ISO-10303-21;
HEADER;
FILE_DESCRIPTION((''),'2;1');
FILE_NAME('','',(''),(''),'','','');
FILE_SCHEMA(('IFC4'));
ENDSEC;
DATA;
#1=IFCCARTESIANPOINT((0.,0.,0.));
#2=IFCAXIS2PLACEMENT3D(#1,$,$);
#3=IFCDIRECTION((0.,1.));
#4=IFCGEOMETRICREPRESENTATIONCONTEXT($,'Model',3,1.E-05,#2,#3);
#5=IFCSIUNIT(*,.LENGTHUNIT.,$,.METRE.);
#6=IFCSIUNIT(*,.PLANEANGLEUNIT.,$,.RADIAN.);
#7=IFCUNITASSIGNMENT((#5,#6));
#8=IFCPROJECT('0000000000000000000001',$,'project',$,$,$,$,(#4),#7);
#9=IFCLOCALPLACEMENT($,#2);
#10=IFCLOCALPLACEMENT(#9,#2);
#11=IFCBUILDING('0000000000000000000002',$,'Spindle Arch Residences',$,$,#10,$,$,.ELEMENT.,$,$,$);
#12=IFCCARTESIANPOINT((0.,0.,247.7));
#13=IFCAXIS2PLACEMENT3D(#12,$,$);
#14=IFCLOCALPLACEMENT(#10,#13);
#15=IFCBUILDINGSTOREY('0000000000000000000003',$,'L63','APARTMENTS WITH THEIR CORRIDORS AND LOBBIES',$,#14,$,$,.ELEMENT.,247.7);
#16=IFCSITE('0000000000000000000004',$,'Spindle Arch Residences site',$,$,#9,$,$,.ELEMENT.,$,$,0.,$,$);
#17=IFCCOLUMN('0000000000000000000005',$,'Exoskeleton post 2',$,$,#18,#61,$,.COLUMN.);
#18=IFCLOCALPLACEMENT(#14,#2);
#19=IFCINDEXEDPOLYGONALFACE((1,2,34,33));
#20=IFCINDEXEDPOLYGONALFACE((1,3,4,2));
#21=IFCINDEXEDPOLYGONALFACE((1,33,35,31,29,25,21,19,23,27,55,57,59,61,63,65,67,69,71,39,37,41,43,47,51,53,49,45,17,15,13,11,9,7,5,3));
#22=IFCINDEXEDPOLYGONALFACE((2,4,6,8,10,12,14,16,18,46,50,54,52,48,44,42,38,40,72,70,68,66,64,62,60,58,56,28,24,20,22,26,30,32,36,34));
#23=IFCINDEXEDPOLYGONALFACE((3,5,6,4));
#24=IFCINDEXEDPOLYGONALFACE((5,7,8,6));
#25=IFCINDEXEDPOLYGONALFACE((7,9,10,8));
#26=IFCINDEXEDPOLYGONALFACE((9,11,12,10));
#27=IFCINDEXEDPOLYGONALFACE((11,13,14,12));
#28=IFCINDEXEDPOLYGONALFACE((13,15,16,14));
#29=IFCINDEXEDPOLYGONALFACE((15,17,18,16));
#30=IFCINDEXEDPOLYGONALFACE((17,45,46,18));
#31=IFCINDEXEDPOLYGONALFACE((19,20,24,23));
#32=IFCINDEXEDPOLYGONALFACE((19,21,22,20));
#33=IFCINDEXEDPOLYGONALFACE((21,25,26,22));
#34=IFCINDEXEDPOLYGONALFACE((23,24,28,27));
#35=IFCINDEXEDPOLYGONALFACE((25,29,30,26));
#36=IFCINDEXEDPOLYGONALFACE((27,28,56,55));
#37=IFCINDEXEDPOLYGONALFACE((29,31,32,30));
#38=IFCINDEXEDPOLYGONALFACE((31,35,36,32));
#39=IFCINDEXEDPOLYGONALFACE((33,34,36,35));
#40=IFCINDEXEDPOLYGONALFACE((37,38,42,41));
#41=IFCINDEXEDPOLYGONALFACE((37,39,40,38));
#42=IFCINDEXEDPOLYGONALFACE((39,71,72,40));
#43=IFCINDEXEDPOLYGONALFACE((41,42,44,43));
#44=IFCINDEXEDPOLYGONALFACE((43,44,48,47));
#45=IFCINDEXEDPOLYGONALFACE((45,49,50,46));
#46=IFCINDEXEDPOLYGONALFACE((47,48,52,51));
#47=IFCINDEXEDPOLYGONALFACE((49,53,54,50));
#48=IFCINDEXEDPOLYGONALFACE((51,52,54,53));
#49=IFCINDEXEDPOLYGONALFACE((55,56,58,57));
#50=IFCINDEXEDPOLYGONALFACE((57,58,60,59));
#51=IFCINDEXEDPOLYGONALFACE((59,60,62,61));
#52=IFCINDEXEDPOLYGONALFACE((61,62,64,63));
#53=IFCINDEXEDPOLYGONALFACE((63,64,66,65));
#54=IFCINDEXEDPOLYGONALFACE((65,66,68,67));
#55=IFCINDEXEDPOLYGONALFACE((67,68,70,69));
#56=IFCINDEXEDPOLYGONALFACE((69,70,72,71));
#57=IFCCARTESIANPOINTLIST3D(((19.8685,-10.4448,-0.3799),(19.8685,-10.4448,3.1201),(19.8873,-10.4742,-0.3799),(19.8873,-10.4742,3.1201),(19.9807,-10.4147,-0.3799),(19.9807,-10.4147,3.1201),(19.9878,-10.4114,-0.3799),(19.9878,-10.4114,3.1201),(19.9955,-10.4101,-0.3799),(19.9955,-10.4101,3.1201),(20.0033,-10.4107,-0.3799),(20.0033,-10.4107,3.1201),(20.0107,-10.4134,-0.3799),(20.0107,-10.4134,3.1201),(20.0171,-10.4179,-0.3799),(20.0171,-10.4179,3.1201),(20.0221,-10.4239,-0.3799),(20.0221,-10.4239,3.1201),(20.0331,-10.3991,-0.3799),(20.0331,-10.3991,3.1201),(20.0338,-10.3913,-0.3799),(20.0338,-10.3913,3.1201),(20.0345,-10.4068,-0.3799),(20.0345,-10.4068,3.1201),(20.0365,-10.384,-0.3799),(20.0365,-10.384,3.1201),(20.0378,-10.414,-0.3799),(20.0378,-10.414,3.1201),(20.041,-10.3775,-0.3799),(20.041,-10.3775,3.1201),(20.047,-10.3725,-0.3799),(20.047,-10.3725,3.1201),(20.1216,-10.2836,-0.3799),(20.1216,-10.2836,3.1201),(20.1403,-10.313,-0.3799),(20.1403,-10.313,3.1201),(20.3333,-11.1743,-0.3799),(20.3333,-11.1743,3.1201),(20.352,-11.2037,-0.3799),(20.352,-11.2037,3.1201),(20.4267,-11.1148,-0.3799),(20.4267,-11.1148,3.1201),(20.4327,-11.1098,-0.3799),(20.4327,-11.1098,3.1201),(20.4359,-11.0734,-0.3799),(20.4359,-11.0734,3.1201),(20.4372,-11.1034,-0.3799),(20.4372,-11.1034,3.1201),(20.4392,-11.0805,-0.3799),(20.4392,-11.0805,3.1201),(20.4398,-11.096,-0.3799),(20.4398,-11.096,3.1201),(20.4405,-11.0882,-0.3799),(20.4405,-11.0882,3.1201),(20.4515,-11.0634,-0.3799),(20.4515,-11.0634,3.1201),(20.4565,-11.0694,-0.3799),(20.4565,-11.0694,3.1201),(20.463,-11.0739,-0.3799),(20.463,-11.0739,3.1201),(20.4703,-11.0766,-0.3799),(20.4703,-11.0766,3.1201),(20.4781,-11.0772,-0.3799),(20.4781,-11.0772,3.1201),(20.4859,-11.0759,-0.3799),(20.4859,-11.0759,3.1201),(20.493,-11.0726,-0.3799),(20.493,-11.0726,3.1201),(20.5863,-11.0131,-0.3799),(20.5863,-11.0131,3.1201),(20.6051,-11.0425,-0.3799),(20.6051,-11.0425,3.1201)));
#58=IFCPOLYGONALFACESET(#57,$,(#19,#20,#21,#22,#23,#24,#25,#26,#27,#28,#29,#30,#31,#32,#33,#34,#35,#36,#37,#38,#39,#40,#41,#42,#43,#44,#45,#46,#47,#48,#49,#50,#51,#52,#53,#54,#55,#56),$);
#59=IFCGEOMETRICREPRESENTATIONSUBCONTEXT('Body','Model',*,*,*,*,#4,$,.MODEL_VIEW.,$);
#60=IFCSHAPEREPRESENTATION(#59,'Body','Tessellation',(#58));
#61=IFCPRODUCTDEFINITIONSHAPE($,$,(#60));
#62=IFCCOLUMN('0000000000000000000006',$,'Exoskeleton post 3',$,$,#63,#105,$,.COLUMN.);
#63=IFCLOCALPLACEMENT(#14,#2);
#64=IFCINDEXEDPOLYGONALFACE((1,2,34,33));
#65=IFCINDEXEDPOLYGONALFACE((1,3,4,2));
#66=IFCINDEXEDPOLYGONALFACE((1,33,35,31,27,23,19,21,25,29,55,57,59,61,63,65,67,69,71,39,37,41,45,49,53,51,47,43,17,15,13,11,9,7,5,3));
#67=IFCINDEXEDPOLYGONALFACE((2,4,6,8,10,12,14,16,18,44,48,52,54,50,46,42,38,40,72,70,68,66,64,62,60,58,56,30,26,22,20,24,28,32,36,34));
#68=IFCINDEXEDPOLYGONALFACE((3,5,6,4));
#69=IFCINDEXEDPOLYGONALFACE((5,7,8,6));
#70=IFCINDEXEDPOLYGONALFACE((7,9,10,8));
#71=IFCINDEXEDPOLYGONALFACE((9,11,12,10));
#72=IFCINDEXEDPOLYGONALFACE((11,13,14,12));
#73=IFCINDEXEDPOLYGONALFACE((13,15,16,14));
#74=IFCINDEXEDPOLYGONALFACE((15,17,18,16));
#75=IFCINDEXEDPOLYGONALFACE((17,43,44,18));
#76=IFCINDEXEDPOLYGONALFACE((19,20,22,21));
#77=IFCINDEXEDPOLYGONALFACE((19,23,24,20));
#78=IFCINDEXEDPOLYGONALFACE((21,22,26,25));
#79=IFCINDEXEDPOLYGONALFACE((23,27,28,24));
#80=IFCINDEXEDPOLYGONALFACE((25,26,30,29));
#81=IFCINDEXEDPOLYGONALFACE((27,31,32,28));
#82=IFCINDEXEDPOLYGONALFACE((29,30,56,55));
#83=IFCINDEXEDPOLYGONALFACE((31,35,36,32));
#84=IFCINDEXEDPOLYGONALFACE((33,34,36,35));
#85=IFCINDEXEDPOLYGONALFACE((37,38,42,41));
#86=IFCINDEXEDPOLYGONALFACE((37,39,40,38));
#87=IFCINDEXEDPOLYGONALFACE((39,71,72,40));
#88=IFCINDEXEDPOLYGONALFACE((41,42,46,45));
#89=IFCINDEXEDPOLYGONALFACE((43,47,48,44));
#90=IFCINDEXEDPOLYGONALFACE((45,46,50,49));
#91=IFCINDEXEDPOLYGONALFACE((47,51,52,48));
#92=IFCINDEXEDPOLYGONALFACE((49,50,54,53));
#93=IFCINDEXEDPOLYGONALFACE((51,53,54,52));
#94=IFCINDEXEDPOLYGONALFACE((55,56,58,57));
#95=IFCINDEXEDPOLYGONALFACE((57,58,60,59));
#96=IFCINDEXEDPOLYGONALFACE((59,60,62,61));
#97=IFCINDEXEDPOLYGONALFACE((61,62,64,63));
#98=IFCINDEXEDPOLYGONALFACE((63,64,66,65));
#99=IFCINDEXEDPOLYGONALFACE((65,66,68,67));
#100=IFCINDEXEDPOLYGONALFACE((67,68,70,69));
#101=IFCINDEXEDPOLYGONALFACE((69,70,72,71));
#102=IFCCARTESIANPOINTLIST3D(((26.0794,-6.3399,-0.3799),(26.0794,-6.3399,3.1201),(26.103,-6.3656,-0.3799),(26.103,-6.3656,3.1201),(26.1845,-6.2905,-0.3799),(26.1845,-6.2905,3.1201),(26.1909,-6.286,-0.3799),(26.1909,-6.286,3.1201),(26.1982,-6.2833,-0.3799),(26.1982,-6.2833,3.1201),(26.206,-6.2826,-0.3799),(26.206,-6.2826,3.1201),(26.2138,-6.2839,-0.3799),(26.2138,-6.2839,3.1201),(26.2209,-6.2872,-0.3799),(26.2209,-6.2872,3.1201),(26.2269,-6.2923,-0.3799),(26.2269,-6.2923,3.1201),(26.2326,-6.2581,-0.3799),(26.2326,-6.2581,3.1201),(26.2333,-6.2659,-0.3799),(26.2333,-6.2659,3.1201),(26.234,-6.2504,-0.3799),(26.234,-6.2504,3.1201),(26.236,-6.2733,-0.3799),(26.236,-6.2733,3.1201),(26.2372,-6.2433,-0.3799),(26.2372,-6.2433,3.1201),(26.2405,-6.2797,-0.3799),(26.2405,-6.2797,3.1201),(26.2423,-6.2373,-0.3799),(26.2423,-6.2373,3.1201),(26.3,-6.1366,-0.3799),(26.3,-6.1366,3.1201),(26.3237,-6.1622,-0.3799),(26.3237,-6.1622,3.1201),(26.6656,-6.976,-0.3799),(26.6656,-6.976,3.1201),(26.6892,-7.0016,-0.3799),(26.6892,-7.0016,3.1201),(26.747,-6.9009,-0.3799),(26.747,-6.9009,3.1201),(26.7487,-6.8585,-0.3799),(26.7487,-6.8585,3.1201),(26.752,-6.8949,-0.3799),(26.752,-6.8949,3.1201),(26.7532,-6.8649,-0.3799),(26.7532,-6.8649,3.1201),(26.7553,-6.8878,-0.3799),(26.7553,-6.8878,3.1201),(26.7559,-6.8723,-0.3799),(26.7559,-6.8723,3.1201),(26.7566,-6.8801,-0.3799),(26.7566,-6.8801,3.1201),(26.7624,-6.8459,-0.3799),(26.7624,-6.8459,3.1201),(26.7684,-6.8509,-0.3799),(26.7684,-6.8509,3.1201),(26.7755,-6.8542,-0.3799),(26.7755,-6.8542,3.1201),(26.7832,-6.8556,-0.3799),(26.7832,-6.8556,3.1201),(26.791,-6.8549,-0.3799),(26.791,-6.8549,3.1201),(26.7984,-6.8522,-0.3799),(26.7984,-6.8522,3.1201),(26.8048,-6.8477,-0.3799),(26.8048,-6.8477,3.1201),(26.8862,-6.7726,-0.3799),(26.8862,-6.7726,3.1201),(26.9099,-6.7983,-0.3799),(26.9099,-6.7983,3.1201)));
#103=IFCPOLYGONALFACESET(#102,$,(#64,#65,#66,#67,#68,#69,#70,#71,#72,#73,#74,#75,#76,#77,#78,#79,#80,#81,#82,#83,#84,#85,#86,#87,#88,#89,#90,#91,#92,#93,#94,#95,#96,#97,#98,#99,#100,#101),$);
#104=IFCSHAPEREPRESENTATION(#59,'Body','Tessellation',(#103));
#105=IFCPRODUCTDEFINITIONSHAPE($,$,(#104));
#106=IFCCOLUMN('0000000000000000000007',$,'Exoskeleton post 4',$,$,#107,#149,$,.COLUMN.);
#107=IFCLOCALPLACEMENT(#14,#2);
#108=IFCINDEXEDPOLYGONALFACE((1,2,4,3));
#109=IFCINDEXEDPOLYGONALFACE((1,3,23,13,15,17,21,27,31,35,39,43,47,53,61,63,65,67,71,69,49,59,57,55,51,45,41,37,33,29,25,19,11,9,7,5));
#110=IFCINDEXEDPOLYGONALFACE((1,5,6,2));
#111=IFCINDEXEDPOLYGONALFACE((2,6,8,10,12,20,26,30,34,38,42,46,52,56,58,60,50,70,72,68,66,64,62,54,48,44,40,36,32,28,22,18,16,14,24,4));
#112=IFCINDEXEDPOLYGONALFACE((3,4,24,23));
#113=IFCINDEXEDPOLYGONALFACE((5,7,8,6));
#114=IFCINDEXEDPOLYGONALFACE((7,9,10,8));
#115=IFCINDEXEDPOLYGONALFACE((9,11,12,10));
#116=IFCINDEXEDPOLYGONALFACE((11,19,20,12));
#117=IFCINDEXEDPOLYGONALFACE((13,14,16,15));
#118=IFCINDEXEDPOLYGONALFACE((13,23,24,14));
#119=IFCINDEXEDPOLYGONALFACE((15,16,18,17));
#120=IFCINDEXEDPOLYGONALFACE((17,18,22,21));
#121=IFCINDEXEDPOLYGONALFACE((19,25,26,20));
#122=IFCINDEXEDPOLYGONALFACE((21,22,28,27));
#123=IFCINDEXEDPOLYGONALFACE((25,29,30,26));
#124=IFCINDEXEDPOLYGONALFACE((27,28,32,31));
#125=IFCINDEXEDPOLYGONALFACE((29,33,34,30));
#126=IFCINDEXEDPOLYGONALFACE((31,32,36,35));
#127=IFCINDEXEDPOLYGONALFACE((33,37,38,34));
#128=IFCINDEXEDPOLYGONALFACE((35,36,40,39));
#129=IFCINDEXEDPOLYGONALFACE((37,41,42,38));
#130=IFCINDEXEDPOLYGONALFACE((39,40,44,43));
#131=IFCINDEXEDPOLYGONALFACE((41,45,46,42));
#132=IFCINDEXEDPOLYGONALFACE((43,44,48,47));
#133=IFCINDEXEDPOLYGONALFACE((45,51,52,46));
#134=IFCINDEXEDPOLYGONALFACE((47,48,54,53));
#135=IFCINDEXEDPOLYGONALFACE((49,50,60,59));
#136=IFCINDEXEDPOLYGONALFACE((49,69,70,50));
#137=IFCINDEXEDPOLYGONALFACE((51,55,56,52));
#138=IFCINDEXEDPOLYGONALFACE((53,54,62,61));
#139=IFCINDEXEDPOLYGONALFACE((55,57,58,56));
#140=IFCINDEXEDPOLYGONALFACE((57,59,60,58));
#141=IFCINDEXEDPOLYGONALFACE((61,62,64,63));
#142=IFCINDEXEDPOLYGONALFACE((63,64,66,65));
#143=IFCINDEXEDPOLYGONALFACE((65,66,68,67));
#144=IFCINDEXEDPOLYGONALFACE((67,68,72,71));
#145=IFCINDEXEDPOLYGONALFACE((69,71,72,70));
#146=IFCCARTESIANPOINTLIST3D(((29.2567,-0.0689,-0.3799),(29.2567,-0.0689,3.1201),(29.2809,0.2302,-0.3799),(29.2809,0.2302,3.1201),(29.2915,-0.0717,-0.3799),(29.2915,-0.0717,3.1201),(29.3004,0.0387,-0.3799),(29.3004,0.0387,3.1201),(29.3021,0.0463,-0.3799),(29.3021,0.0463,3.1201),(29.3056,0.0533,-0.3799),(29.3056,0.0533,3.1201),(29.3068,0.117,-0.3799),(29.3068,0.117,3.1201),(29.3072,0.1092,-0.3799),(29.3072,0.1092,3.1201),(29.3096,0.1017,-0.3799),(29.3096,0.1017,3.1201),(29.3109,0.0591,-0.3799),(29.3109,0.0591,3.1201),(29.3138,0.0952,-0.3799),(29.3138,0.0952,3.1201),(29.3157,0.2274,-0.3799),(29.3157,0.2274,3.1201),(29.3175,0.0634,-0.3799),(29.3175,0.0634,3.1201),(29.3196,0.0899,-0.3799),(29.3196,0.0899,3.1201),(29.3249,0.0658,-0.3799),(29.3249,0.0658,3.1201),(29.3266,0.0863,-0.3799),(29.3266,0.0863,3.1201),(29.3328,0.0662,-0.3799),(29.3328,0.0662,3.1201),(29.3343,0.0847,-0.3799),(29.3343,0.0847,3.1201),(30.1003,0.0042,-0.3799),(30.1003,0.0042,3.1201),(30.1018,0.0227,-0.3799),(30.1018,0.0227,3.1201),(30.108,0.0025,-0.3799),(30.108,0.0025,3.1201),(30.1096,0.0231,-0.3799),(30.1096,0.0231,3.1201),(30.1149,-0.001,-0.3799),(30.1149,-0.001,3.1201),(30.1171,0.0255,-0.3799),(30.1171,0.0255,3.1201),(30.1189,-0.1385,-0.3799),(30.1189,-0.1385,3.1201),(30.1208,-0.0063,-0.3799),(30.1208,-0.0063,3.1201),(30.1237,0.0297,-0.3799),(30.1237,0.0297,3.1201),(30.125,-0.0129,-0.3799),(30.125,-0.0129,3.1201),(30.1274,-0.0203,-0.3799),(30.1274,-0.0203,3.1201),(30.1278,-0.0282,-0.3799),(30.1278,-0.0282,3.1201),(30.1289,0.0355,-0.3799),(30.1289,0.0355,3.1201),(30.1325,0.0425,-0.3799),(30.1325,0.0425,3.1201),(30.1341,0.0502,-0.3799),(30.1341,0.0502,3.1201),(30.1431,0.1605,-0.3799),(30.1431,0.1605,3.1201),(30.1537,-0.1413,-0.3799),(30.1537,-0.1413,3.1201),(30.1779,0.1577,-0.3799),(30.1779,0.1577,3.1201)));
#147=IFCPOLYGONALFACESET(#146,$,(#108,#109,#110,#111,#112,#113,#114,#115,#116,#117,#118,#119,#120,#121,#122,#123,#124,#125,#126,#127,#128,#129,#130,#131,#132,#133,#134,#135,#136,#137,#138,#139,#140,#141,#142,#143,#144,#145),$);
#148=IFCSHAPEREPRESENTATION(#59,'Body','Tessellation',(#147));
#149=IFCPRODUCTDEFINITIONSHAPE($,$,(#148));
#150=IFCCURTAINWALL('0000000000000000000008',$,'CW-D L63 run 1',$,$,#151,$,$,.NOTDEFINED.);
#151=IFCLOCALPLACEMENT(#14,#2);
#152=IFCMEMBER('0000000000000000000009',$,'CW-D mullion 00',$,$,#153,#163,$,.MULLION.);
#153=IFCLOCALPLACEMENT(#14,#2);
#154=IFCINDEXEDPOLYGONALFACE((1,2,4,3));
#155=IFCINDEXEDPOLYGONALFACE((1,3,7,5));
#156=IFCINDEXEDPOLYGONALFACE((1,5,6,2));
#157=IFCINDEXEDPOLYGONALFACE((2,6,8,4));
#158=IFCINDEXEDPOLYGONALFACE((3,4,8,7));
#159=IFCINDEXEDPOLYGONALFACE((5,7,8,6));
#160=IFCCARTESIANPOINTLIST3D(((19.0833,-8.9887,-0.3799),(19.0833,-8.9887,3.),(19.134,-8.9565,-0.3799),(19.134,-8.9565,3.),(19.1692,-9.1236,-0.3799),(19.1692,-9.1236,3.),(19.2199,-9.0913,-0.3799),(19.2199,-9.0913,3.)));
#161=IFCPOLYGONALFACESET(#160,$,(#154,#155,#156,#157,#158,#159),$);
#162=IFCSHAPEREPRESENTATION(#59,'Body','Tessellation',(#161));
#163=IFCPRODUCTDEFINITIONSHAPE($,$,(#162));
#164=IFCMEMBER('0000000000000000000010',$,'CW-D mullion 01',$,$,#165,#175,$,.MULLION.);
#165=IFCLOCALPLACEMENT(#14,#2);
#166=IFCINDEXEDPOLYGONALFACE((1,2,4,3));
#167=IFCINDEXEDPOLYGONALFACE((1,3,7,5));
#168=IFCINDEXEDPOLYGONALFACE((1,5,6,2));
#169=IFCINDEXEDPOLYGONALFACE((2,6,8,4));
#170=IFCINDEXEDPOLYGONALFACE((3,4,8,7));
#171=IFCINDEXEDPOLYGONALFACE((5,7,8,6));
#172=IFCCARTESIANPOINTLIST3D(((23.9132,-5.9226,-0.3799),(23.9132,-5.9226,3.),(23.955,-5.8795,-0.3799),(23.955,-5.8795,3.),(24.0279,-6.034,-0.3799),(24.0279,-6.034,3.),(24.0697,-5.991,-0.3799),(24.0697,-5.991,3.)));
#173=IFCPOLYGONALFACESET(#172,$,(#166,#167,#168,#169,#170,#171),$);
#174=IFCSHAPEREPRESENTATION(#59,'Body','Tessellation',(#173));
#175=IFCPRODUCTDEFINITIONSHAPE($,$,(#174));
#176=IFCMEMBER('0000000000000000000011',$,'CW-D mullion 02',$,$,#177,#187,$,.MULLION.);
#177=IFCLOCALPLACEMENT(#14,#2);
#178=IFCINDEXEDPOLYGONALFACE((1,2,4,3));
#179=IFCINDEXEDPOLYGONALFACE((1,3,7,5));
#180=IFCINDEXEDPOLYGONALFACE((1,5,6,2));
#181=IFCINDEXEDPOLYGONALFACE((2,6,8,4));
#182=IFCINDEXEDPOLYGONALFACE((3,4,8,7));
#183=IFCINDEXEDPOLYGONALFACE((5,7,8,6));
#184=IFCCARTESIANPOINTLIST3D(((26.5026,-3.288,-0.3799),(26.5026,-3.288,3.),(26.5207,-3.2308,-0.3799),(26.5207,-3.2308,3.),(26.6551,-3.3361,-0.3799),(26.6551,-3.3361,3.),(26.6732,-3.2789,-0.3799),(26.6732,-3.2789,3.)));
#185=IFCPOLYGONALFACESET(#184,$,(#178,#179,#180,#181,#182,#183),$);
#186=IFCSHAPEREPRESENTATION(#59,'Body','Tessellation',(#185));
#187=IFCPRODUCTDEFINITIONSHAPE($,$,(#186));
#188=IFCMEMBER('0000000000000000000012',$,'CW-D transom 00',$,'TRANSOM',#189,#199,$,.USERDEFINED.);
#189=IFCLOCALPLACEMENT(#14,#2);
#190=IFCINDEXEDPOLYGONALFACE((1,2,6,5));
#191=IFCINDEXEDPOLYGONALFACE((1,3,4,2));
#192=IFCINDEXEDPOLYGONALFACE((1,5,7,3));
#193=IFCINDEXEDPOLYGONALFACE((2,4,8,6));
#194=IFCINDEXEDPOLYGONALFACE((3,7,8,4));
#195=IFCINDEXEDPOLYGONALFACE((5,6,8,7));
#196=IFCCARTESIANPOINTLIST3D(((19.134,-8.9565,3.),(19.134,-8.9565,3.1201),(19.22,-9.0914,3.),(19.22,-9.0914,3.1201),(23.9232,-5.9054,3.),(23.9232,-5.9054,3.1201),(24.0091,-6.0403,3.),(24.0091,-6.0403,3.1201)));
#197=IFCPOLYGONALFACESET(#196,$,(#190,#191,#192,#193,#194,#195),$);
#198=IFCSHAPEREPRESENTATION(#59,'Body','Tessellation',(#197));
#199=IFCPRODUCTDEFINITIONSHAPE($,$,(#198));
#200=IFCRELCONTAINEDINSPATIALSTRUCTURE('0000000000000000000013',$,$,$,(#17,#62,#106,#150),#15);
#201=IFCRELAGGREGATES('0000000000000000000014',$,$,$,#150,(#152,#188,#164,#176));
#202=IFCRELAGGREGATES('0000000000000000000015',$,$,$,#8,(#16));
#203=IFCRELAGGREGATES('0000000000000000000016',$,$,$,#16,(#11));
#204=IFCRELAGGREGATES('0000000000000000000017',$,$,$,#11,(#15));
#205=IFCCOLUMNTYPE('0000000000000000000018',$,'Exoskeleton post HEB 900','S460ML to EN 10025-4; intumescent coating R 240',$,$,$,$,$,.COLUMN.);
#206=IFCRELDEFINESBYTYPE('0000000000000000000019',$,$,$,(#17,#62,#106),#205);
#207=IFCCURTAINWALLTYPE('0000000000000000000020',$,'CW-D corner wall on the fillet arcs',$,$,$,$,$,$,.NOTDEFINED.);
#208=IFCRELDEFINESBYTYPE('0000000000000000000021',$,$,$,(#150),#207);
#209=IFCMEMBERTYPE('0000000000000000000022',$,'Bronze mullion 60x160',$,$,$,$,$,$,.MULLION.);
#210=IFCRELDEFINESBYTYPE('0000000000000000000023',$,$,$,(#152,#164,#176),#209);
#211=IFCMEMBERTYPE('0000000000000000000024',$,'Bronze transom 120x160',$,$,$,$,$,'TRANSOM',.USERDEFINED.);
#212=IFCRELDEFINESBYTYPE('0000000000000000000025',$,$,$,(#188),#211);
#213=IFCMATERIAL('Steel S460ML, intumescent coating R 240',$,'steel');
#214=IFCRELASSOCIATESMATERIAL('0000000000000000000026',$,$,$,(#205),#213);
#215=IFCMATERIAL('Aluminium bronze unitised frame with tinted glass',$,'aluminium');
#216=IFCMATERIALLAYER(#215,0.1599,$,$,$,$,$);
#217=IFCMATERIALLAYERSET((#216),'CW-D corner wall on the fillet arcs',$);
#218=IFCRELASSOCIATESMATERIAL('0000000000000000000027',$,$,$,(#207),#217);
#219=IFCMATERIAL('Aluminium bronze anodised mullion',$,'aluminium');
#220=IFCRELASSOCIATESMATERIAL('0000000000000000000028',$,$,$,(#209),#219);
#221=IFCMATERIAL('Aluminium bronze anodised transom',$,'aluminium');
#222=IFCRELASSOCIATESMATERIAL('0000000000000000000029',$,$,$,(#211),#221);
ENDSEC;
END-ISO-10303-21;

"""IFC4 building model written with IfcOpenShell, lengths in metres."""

from ifc_helpers import new_model, si_unit, direction, frame, origin, origin_2d, place, context, subcontext, project, spatial, rectangle, i_section, extrude, material, layer, layer_set, material_profile, profile_set, type_object, element, aggregate, save


model = new_model("IFC4")

# Units and contexts
model_context = context("Model", 3, precision=1e-05, world=origin(), true_north=direction((0.0, 1.0)))
body_context = subcontext(model_context, "Body", "Model", "MODEL_VIEW")
ifc_project = project(units=[si_unit("LENGTHUNIT", "METRE"), si_unit("PLANEANGLEUNIT", "RADIAN")], contexts=[model_context])

# Site, building, storey
site_placement = place(None, origin())
site = spatial("IfcSite", under=ifc_project, at=site_placement, Name="Spindle Arch Residences site", CompositionType="ELEMENT", RefElevation=0.0)
building_placement = place(site_placement, origin())
building = spatial("IfcBuilding", under=site, at=building_placement, Name="Spindle Arch Residences", CompositionType="ELEMENT")
storey_placement = place(building_placement, frame((0.0, 0.0, 247.7)))
storey = spatial("IfcBuildingStorey", under=building, at=storey_placement, Name="L63", Description="APARTMENTS WITH THEIR CORRIDORS AND LOBBIES", CompositionType="ELEMENT", Elevation=247.7)

# Columns
ifc_material_1 = material(Name="Steel S460ML, intumescent coating R 240", Category="steel")
ifc_material_profile_1 = material_profile(ifc_material_1, i_section(OverallWidth=0.3, OverallDepth=0.8999, WebThickness=0.0186, FlangeThickness=0.0349, FilletRadius=0.03, at=origin_2d()), Name="HEB 900")
ifc_profile_set_1 = profile_set([ifc_material_profile_1], Name="Steel S460ML, intumescent coating R 240")
column_type = type_object("IfcColumnType", Name="Exoskeleton post HEB 900", Description="S460ML to EN 10025-4; intumescent coating R 240", PredefinedType="COLUMN", material=ifc_profile_set_1)
for number, where, z_axis, x_axis, name in (
    (1, (20.2368, -10.7437, -0.3799), (0.0, 0.0, 1.0), (-0.843391, -0.5373, 0.0), "Exoskeleton post 2"),
    (2, (26.4946, -6.5691, -0.3799), (0.0, 0.0, 1.0), (-0.735347, -0.677691, 0.0), "Exoskeleton post 3"),
    (3, (29.7173, 0.0444, -0.3799), (0.0, 0.0, 1.0), (-0.080538, -0.996752, 0.0), "Exoskeleton post 4"),
):
    element("IfcColumn", number, at=place(storey_placement, frame(where, z_axis=z_axis, x_axis=x_axis)), inside=storey, type_object=column_type, Name=name, PredefinedType="COLUMN", context=body_context, shape_type="SweptSolid", body=[
        extrude(i_section(OverallWidth=0.3, OverallDepth=0.8999, WebThickness=0.0186, FlangeThickness=0.0349, FilletRadius=0.03, at=origin_2d()), origin(), (0.0, 0.0, 1.0), 3.5),
    ])

# Curtain wall, members
ifc_material_2 = material(Name="Aluminium bronze unitised frame with tinted glass", Category="aluminium")
ifc_layer_1 = layer(ifc_material_2, 0.1599)
ifc_layer_set_1 = layer_set([ifc_layer_1], Name="CW-D corner wall on the fillet arcs")
curtain_wall_type = type_object("IfcCurtainWallType", Name="CW-D corner wall on the fillet arcs", PredefinedType="NOTDEFINED", material=ifc_layer_set_1)
curtain_wall_placement = place(storey_placement, origin())
curtain_wall = element("IfcCurtainWall", 4, at=curtain_wall_placement, inside=storey, type_object=curtain_wall_type, Name="CW-D L63 run 1", PredefinedType="NOTDEFINED")
ifc_material_3 = material(Name="Aluminium bronze anodised mullion", Category="aluminium")
ifc_material_profile_2 = material_profile(ifc_material_3, rectangle(XDim=0.1599, YDim=0.0601, at=origin_2d()), Name="MU 60x160")
ifc_profile_set_2 = profile_set([ifc_material_profile_2], Name="Aluminium bronze anodised mullion")
member_type_1 = type_object("IfcMemberType", Name="Bronze mullion 60x160", PredefinedType="MULLION", material=ifc_profile_set_2)
member_1_placement = place(storey_placement, frame((19.1516, -9.04, -0.3799), z_axis=(0.0, 0.0, 1.0), x_axis=(-0.5373, 0.843391, 0.0)))
member_1 = element("IfcMember", 5, at=member_1_placement, type_object=member_type_1, Name="CW-D mullion 00", PredefinedType="MULLION", context=body_context, shape_type="SweptSolid", body=[
    extrude(rectangle(XDim=0.1599, YDim=0.0601, at=origin_2d()), origin(), (0.0, 0.0, 1.0), 3.3799),
])
member_2_placement = place(storey_placement, frame((23.9915, -5.9568, -0.3799), z_axis=(0.0, 0.0, 1.0), x_axis=(-0.717316, 0.696748, 0.0)))
member_2 = element("IfcMember", 6, at=member_2_placement, type_object=member_type_1, Name="CW-D mullion 01", PredefinedType="MULLION", context=body_context, shape_type="SweptSolid", body=[
    extrude(rectangle(XDim=0.1599, YDim=0.0601, at=origin_2d()), origin(), (0.0, 0.0, 1.0), 3.3799),
])
member_3_placement = place(storey_placement, frame((26.5879, -3.2834, -0.3799), z_axis=(0.0, 0.0, 1.0), x_axis=(-0.953717, 0.300706, 0.0)))
member_3 = element("IfcMember", 7, at=member_3_placement, type_object=member_type_1, Name="CW-D mullion 02", PredefinedType="MULLION", context=body_context, shape_type="SweptSolid", body=[
    extrude(rectangle(XDim=0.1599, YDim=0.0601, at=origin_2d()), origin(), (0.0, 0.0, 1.0), 3.3799),
])
ifc_material_4 = material(Name="Aluminium bronze anodised transom", Category="aluminium")
ifc_material_profile_3 = material_profile(ifc_material_4, rectangle(XDim=0.1599, YDim=0.1201, at=origin_2d()), Name="TR 120x160")
ifc_profile_set_3 = profile_set([ifc_material_profile_3], Name="Aluminium bronze anodised transom")
member_type_2 = type_object("IfcMemberType", Name="Bronze transom 120x160", ElementType="TRANSOM", PredefinedType="USERDEFINED", material=ifc_profile_set_3)
member_4_placement = place(storey_placement, frame((19.177, -9.0239, 3.0601), z_axis=(0.843387, 0.537307, 0.0), x_axis=(-0.537307, 0.843387, 0.0)))
member_4 = element("IfcMember", 8, at=member_4_placement, type_object=member_type_2, Name="CW-D transom 00", ObjectType="TRANSOM", PredefinedType="USERDEFINED", context=body_context, shape_type="SweptSolid", body=[
    extrude(rectangle(XDim=0.1599, YDim=0.1201, at=origin_2d()), origin(), (0.0, 0.0, 1.0), 5.6785),
])

aggregate(curtain_wall, [member_1, member_4, member_2, member_3])

save(model, "model.ifc")
